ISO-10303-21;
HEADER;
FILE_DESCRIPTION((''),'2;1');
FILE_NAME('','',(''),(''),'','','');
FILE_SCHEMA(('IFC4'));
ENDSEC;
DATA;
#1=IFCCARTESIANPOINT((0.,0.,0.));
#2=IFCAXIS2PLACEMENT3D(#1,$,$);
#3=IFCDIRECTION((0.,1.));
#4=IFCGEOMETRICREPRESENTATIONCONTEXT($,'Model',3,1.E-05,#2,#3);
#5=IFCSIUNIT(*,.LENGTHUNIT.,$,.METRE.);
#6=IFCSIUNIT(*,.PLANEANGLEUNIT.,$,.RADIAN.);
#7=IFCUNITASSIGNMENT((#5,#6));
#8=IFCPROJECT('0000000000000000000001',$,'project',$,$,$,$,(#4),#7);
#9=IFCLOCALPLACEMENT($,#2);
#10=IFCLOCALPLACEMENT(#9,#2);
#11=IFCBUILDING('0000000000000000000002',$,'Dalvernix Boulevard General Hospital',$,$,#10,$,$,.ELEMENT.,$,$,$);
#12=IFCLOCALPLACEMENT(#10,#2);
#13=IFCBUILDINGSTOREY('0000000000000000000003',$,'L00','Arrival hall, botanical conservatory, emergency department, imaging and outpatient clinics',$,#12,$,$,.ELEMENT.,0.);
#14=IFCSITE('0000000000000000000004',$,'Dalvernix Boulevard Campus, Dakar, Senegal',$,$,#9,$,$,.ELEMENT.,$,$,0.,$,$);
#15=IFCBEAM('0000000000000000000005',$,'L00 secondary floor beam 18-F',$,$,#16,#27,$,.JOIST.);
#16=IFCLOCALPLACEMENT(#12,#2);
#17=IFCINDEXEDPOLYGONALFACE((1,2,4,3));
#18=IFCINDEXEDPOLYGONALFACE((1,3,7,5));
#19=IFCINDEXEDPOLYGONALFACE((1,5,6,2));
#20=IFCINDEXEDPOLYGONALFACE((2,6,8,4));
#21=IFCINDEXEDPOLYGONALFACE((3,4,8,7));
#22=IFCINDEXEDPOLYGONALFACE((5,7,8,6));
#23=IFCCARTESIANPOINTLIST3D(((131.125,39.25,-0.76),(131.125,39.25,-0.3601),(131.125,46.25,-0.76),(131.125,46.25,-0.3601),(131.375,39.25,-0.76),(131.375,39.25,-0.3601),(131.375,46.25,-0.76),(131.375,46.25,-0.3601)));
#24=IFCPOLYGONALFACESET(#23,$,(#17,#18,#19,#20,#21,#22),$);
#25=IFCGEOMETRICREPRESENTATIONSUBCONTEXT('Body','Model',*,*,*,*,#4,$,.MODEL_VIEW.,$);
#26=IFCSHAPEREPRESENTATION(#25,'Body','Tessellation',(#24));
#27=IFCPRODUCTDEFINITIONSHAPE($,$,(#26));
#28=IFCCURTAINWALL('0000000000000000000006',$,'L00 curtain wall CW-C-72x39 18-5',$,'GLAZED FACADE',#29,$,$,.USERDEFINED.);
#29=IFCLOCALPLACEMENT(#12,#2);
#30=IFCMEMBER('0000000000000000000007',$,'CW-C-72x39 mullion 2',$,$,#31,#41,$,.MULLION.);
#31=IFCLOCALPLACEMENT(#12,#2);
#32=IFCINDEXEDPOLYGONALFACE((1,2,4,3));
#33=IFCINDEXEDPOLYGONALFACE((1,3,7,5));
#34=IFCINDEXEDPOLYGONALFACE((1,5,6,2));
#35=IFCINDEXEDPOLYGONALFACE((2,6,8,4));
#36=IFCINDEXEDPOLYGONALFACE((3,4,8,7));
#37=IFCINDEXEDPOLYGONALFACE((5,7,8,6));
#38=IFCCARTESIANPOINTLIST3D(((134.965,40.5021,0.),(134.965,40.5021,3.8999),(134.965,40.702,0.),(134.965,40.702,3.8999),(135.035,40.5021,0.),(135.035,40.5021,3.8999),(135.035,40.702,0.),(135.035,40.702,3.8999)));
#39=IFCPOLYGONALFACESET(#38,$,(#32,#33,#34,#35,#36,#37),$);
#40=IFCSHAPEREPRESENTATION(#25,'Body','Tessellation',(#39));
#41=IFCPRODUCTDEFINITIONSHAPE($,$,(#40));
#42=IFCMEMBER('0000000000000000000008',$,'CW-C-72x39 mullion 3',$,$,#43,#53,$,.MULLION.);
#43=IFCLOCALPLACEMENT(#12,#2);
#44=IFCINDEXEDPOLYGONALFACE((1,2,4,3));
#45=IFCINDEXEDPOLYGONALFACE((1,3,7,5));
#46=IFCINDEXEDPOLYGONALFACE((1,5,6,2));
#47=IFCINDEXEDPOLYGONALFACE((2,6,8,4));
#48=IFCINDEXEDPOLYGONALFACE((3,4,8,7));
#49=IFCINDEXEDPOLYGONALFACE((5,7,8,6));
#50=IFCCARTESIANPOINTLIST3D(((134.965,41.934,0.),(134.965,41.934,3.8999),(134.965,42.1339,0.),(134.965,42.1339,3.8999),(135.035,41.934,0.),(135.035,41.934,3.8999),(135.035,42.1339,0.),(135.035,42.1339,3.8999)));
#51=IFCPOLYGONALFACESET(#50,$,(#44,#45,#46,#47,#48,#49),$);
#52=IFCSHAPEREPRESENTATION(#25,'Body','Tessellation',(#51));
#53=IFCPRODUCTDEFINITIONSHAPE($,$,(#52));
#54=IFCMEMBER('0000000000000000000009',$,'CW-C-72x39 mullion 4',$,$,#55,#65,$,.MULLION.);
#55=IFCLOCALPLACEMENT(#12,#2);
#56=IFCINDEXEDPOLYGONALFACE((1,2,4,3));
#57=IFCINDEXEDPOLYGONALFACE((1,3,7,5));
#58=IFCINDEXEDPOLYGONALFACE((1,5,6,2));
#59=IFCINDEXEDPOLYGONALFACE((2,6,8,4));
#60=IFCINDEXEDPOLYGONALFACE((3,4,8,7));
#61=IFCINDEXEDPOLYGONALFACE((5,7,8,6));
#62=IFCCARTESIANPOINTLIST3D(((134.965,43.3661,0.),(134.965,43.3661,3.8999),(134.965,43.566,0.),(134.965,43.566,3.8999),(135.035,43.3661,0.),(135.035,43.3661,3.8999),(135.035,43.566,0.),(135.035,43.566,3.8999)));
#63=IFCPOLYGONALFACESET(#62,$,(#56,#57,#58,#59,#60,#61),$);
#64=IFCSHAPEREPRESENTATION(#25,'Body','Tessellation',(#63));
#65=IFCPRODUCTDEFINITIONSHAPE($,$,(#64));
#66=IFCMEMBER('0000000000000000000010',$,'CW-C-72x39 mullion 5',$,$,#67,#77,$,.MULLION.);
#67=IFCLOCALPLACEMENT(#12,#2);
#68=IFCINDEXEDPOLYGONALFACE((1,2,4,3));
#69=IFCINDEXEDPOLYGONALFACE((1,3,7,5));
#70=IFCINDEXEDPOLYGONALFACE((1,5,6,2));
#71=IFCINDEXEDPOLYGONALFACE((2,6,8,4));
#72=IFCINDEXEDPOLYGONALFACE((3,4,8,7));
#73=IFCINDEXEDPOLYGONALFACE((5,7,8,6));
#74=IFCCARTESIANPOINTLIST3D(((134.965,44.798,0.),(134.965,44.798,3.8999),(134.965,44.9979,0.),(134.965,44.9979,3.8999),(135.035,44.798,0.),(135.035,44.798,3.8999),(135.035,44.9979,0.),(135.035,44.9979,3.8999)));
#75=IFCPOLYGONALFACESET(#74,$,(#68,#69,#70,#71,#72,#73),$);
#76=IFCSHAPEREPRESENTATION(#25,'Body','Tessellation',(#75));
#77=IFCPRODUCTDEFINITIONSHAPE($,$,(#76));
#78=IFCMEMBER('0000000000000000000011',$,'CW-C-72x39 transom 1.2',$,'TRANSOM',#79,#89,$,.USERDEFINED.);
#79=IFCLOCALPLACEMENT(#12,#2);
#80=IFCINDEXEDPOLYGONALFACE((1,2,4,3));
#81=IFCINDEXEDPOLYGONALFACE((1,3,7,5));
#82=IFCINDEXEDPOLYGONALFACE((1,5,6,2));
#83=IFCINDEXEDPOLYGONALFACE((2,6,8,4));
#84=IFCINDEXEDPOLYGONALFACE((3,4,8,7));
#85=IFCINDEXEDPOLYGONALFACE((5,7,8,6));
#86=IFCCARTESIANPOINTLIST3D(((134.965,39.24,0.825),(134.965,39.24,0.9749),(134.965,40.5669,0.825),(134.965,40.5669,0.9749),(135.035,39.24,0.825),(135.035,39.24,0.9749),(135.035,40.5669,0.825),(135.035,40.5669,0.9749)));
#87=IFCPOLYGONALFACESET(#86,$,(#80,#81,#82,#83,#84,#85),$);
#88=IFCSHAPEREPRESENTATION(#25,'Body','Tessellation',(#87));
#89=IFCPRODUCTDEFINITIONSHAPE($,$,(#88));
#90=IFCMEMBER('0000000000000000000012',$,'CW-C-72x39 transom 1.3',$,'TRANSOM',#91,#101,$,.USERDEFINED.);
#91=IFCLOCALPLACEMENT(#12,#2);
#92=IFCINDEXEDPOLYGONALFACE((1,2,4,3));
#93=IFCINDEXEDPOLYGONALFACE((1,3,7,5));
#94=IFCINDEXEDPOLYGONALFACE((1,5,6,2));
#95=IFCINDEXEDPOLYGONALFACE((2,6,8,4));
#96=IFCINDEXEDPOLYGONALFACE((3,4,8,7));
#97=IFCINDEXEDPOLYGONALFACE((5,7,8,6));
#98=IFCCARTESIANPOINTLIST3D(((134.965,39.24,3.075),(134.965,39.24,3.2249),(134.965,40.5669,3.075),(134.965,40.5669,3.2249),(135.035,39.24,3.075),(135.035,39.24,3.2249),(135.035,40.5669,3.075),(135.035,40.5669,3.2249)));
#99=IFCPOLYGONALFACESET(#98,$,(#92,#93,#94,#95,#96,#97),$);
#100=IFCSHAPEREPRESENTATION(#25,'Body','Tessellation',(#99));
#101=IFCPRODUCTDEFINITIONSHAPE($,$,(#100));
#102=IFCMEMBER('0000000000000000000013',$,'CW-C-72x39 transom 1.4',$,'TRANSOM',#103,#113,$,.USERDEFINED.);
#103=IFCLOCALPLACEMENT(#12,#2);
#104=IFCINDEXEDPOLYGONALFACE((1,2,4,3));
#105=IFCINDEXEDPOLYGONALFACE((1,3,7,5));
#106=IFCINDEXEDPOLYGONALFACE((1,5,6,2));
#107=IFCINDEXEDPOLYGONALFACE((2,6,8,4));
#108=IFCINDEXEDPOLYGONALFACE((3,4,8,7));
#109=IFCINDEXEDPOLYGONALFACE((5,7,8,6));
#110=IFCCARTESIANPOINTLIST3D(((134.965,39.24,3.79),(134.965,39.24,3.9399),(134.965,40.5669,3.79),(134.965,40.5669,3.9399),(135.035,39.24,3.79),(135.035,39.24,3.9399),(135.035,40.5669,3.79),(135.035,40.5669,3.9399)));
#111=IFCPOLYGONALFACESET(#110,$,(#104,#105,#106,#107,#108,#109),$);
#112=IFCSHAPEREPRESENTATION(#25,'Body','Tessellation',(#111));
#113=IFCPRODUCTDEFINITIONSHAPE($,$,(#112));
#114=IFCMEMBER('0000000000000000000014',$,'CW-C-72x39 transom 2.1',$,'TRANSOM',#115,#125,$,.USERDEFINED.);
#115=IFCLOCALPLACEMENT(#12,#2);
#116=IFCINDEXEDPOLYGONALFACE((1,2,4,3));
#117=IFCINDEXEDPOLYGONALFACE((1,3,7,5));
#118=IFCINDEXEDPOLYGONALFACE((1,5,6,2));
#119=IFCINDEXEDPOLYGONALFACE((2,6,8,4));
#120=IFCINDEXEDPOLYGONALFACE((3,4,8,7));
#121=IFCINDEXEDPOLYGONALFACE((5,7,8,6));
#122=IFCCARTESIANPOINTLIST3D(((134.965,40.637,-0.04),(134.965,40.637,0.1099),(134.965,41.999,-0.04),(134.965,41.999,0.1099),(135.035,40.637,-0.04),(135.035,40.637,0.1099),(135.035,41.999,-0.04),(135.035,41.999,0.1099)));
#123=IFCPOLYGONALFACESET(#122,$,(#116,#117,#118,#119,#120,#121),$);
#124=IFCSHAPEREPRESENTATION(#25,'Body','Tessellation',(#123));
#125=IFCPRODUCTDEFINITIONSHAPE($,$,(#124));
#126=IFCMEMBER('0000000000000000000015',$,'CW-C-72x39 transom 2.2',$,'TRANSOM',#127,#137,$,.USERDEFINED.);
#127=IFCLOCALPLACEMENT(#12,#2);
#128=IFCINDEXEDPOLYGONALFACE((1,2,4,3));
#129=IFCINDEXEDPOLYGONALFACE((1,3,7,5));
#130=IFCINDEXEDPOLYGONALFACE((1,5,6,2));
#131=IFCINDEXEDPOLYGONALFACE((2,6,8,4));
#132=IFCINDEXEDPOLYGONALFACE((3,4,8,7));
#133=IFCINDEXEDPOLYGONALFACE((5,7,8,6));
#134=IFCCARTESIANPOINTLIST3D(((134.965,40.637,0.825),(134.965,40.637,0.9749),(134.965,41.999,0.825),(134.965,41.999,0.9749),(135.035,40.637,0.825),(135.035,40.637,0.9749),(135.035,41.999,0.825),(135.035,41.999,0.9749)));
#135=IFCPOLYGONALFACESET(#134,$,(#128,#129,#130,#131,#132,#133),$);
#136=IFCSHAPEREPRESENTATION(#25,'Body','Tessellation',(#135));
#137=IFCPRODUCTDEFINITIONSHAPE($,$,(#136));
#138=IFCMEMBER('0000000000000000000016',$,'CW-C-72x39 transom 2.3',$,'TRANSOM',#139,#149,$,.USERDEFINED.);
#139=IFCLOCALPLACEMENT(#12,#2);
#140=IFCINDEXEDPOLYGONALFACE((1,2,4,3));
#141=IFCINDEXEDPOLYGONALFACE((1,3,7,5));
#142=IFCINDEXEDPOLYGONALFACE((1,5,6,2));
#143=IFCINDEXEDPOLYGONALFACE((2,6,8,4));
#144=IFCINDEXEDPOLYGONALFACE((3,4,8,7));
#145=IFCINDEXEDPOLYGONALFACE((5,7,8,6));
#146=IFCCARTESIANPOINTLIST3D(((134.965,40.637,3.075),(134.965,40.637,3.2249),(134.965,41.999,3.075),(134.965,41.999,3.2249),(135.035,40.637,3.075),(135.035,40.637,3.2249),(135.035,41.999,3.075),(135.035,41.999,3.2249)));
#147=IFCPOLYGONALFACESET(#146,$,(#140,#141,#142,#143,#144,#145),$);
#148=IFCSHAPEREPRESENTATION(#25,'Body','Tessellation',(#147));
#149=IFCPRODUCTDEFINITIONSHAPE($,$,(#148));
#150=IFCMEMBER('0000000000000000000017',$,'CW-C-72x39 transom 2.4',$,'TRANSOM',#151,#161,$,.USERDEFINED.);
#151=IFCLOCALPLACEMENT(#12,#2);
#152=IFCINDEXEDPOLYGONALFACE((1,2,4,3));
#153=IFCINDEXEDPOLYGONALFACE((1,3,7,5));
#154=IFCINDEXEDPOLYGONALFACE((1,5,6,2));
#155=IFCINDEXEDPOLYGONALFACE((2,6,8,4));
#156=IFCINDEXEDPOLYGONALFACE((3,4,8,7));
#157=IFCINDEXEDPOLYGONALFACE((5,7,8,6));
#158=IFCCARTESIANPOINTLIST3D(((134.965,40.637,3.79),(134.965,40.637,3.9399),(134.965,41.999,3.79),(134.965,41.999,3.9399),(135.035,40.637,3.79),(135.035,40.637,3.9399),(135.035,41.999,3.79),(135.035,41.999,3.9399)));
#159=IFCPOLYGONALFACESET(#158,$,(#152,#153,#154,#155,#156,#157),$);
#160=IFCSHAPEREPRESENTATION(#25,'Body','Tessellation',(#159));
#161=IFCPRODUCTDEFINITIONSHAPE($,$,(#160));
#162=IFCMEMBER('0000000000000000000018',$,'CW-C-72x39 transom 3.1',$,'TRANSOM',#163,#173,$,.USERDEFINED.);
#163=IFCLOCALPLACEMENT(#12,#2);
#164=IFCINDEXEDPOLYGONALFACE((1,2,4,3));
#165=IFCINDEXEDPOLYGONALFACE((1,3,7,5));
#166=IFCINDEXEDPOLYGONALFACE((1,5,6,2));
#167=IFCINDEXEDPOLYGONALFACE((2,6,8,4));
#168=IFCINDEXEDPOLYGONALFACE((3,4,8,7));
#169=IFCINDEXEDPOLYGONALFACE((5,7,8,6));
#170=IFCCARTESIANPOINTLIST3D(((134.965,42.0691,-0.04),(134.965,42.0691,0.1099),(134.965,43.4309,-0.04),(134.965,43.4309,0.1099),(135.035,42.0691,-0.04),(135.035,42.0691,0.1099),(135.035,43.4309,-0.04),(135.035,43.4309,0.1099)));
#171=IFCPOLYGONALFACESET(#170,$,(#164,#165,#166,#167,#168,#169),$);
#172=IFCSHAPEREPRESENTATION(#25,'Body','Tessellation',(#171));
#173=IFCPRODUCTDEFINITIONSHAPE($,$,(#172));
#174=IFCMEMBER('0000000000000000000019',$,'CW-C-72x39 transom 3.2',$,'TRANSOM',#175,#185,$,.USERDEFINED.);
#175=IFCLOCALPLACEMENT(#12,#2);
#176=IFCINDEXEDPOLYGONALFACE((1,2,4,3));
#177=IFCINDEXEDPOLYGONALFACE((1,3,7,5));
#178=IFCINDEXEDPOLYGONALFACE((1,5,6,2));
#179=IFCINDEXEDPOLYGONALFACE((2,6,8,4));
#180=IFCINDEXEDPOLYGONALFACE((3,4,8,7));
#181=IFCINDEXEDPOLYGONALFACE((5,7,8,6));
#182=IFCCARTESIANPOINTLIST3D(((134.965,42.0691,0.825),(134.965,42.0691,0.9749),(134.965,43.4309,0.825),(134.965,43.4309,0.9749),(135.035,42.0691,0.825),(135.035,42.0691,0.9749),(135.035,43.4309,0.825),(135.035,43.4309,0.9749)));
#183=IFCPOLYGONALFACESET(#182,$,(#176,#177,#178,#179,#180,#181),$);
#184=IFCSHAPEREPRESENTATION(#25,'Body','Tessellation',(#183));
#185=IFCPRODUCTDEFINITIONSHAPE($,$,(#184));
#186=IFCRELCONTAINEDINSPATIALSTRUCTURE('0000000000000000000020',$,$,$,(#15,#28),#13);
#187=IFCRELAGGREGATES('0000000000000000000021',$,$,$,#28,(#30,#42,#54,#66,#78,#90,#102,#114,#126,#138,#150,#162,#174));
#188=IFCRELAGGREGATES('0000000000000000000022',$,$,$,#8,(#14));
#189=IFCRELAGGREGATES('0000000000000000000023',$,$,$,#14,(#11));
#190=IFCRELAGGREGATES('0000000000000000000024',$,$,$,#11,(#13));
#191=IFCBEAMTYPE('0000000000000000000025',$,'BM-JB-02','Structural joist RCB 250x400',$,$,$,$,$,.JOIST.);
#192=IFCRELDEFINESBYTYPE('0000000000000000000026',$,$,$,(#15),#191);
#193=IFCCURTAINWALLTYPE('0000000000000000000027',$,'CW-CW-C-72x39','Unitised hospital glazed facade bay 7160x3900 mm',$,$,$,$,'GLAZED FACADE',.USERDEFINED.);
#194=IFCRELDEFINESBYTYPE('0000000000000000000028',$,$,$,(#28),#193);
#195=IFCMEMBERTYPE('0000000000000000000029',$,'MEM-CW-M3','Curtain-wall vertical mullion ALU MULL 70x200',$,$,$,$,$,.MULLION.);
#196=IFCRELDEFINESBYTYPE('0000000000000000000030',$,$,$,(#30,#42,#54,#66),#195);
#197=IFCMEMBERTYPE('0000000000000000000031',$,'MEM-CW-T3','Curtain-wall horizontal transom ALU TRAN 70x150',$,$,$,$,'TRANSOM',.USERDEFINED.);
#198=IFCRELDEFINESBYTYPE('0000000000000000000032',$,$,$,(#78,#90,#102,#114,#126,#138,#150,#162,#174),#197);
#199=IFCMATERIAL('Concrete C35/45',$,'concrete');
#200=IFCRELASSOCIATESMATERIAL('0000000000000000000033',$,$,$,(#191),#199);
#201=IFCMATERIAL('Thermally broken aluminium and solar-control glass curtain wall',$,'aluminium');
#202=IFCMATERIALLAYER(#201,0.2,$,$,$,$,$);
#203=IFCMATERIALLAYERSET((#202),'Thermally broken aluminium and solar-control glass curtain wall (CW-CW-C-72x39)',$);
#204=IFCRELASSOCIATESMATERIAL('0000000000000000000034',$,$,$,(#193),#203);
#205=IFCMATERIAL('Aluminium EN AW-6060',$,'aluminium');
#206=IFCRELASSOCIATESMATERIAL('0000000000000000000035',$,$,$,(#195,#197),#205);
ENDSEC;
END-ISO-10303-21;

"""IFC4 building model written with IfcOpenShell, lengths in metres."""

from ifc_helpers import new_model, si_unit, direction, frame, origin, origin_2d, place, context, subcontext, project, spatial, rectangle, extrude, material, layer, layer_set, material_profile, profile_set, type_object, element, aggregate, save


model = new_model("IFC4")

# Units and contexts
model_context = context("Model", 3, precision=1e-05, world=origin(), true_north=direction((0.0, 1.0)))
body_context = subcontext(model_context, "Body", "Model", "MODEL_VIEW")
ifc_project = project(units=[si_unit("LENGTHUNIT", "METRE"), si_unit("PLANEANGLEUNIT", "RADIAN")], contexts=[model_context])

# Site, building, storey
site_placement = place(None, origin())
site = spatial("IfcSite", under=ifc_project, at=site_placement, Name="Dalvernix Boulevard Campus, Dakar, Senegal", CompositionType="ELEMENT", RefElevation=0.0)
building_placement = place(site_placement, origin())
building = spatial("IfcBuilding", under=site, at=building_placement, Name="Dalvernix Boulevard General Hospital", CompositionType="ELEMENT")
storey_placement = place(building_placement, origin())
storey = spatial("IfcBuildingStorey", under=building, at=storey_placement, Name="L00", Description="Arrival hall, botanical conservatory, emergency department, imaging and outpatient clinics", CompositionType="ELEMENT", Elevation=0.0)

# Beam
ifc_material_1 = material(Name="Concrete C35/45", Category="concrete")
ifc_material_profile_1 = material_profile(ifc_material_1, rectangle(XDim=0.25, YDim=0.3999, at=origin_2d()), Name="RCB 250x400")
ifc_profile_set_1 = profile_set([ifc_material_profile_1], Name="Concrete C35/45")
beam_type = type_object("IfcBeamType", Name="BM-JB-02", Description="Structural joist RCB 250x400", PredefinedType="JOIST", material=ifc_profile_set_1)
beam_placement = place(storey_placement, frame((131.25, 39.25, -0.5601), z_axis=(0.0, 1.0, 0.0), x_axis=(-1.0, 0.0, 0.0)))
element("IfcBeam", 1, at=beam_placement, inside=storey, type_object=beam_type, Name="L00 secondary floor beam 18-F", PredefinedType="JOIST", context=body_context, shape_type="SweptSolid", body=[
    extrude(rectangle(XDim=0.25, YDim=0.3999, at=origin_2d()), origin(), (0.0, 0.0, 1.0), 7.0),
])

# Curtain wall, members
ifc_material_2 = material(Name="Thermally broken aluminium and solar-control glass curtain wall", Category="aluminium")
ifc_layer_1 = layer(ifc_material_2, 0.2)
ifc_layer_set_1 = layer_set([ifc_layer_1], Name="Thermally broken aluminium and solar-control glass curtain wall (CW-CW-C-72x39)")
curtain_wall_type = type_object("IfcCurtainWallType", Name="CW-CW-C-72x39", Description="Unitised hospital glazed facade bay 7160x3900 mm", ElementType="GLAZED FACADE", PredefinedType="USERDEFINED", material=ifc_layer_set_1)
curtain_wall_placement = place(storey_placement, origin())
curtain_wall = element("IfcCurtainWall", 2, at=curtain_wall_placement, inside=storey, type_object=curtain_wall_type, Name="L00 curtain wall CW-C-72x39 18-5", ObjectType="GLAZED FACADE", PredefinedType="USERDEFINED")
ifc_material_3 = material(Name="Aluminium EN AW-6060", Category="aluminium")
ifc_material_profile_2 = material_profile(ifc_material_3, rectangle(XDim=0.0701, YDim=0.2, at=origin_2d()), Name="ALU MULL 70x200")
ifc_profile_set_2 = profile_set([ifc_material_profile_2], Name="Aluminium EN AW-6060")
member_type_1 = type_object("IfcMemberType", Name="MEM-CW-M3", Description="Curtain-wall vertical mullion ALU MULL 70x200", PredefinedType="MULLION", material=ifc_profile_set_2)
member_1_placement = place(storey_placement, frame((135.0, 40.6021, 0.0), z_axis=(0.0, 0.0, 1.0), x_axis=(-1.0, 0.0, 0.0)))
member_1 = element("IfcMember", 3, at=member_1_placement, type_object=member_type_1, Name="CW-C-72x39 mullion 2", PredefinedType="MULLION", context=body_context, shape_type="SweptSolid", body=[
    extrude(rectangle(XDim=0.0701, YDim=0.2, at=origin_2d()), origin(), (0.0, 0.0, 1.0), 3.8999),
])
member_2_placement = place(storey_placement, frame((135.0, 42.0339, 0.0), z_axis=(0.0, 0.0, 1.0), x_axis=(-1.0, 0.0, 0.0)))
member_2 = element("IfcMember", 4, at=member_2_placement, type_object=member_type_1, Name="CW-C-72x39 mullion 3", PredefinedType="MULLION", context=body_context, shape_type="SweptSolid", body=[
    extrude(rectangle(XDim=0.0701, YDim=0.2, at=origin_2d()), origin(), (0.0, 0.0, 1.0), 3.8999),
])
member_3_placement = place(storey_placement, frame((135.0, 43.4661, 0.0), z_axis=(0.0, 0.0, 1.0), x_axis=(-1.0, 0.0, 0.0)))
member_3 = element("IfcMember", 5, at=member_3_placement, type_object=member_type_1, Name="CW-C-72x39 mullion 4", PredefinedType="MULLION", context=body_context, shape_type="SweptSolid", body=[
    extrude(rectangle(XDim=0.0701, YDim=0.2, at=origin_2d()), origin(), (0.0, 0.0, 1.0), 3.8999),
])
member_4_placement = place(storey_placement, frame((135.0, 44.8979, 0.0), z_axis=(0.0, 0.0, 1.0), x_axis=(-1.0, 0.0, 0.0)))
member_4 = element("IfcMember", 6, at=member_4_placement, type_object=member_type_1, Name="CW-C-72x39 mullion 5", PredefinedType="MULLION", context=body_context, shape_type="SweptSolid", body=[
    extrude(rectangle(XDim=0.0701, YDim=0.2, at=origin_2d()), origin(), (0.0, 0.0, 1.0), 3.8999),
])
ifc_material_profile_3 = material_profile(ifc_material_3, rectangle(XDim=0.0701, YDim=0.1499, at=origin_2d()), Name="ALU TRAN 70x150")
ifc_profile_set_3 = profile_set([ifc_material_profile_3], Name="Aluminium EN AW-6060")
member_type_2 = type_object("IfcMemberType", Name="MEM-CW-T3", Description="Curtain-wall horizontal transom ALU TRAN 70x150", ElementType="TRANSOM", PredefinedType="USERDEFINED", material=ifc_profile_set_3)
member_5_placement = place(storey_placement, frame((135.0, 39.24, 0.8999), z_axis=(0.0, 1.0, 0.0), x_axis=(-1.0, 0.0, 0.0)))
member_5 = element("IfcMember", 7, at=member_5_placement, type_object=member_type_2, Name="CW-C-72x39 transom 1.2", ObjectType="TRANSOM", PredefinedType="USERDEFINED", context=body_context, shape_type="SweptSolid", body=[
    extrude(rectangle(XDim=0.0701, YDim=0.1499, at=origin_2d()), origin(), (0.0, 0.0, 1.0), 1.3269),
])
member_6_placement = place(storey_placement, frame((135.0, 39.24, 3.1499), z_axis=(0.0, 1.0, 0.0), x_axis=(-1.0, 0.0, 0.0)))
member_6 = element("IfcMember", 8, at=member_6_placement, type_object=member_type_2, Name="CW-C-72x39 transom 1.3", ObjectType="TRANSOM", PredefinedType="USERDEFINED", context=body_context, shape_type="SweptSolid", body=[
    extrude(rectangle(XDim=0.0701, YDim=0.1499, at=origin_2d()), origin(), (0.0, 0.0, 1.0), 1.3269),
])
member_7_placement = place(storey_placement, frame((135.0, 39.24, 3.865), z_axis=(0.0, 1.0, 0.0), x_axis=(-1.0, 0.0, 0.0)))
member_7 = element("IfcMember", 9, at=member_7_placement, type_object=member_type_2, Name="CW-C-72x39 transom 1.4", ObjectType="TRANSOM", PredefinedType="USERDEFINED", context=body_context, shape_type="SweptSolid", body=[
    extrude(rectangle(XDim=0.0701, YDim=0.1499, at=origin_2d()), origin(), (0.0, 0.0, 1.0), 1.3269),
])
member_8_placement = place(storey_placement, frame((135.0, 40.637, 0.0349), z_axis=(0.0, 1.0, 0.0), x_axis=(-1.0, 0.0, 0.0)))
member_8 = element("IfcMember", 10, at=member_8_placement, type_object=member_type_2, Name="CW-C-72x39 transom 2.1", ObjectType="TRANSOM", PredefinedType="USERDEFINED", context=body_context, shape_type="SweptSolid", body=[
    extrude(rectangle(XDim=0.0701, YDim=0.1499, at=origin_2d()), origin(), (0.0, 0.0, 1.0), 1.3621),
])
member_9_placement = place(storey_placement, frame((135.0, 40.637, 0.8999), z_axis=(0.0, 1.0, 0.0), x_axis=(-1.0, 0.0, 0.0)))
member_9 = element("IfcMember", 11, at=member_9_placement, type_object=member_type_2, Name="CW-C-72x39 transom 2.2", ObjectType="TRANSOM", PredefinedType="USERDEFINED", context=body_context, shape_type="SweptSolid", body=[
    extrude(rectangle(XDim=0.0701, YDim=0.1499, at=origin_2d()), origin(), (0.0, 0.0, 1.0), 1.3621),
])
member_10_placement = place(storey_placement, frame((135.0, 40.637, 3.1499), z_axis=(0.0, 1.0, 0.0), x_axis=(-1.0, 0.0, 0.0)))
member_10 = element("IfcMember", 12, at=member_10_placement, type_object=member_type_2, Name="CW-C-72x39 transom 2.3", ObjectType="TRANSOM", PredefinedType="USERDEFINED", context=body_context, shape_type="SweptSolid", body=[
    extrude(rectangle(XDim=0.0701, YDim=0.1499, at=origin_2d()), origin(), (0.0, 0.0, 1.0), 1.3621),
])
member_11_placement = place(storey_placement, frame((135.0, 40.637, 3.865), z_axis=(0.0, 1.0, 0.0), x_axis=(-1.0, 0.0, 0.0)))
member_11 = element("IfcMember", 13, at=member_11_placement, type_object=member_type_2, Name="CW-C-72x39 transom 2.4", ObjectType="TRANSOM", PredefinedType="USERDEFINED", context=body_context, shape_type="SweptSolid", body=[
    extrude(rectangle(XDim=0.0701, YDim=0.1499, at=origin_2d()), origin(), (0.0, 0.0, 1.0), 1.3621),
])
member_12_placement = place(storey_placement, frame((135.0, 42.0691, 0.0349), z_axis=(0.0, 1.0, 0.0), x_axis=(-1.0, 0.0, 0.0)))
member_12 = element("IfcMember", 14, at=member_12_placement, type_object=member_type_2, Name="CW-C-72x39 transom 3.1", ObjectType="TRANSOM", PredefinedType="USERDEFINED", context=body_context, shape_type="SweptSolid", body=[
    extrude(rectangle(XDim=0.0701, YDim=0.1499, at=origin_2d()), origin(), (0.0, 0.0, 1.0), 1.3618),
])
member_13_placement = place(storey_placement, frame((135.0, 42.0691, 0.8999), z_axis=(0.0, 1.0, 0.0), x_axis=(-1.0, 0.0, 0.0)))
member_13 = element("IfcMember", 15, at=member_13_placement, type_object=member_type_2, Name="CW-C-72x39 transom 3.2", ObjectType="TRANSOM", PredefinedType="USERDEFINED", context=body_context, shape_type="SweptSolid", body=[
    extrude(rectangle(XDim=0.0701, YDim=0.1499, at=origin_2d()), origin(), (0.0, 0.0, 1.0), 1.3618),
])
aggregate(curtain_wall, [member_1, member_2, member_3, member_4, member_5, member_6, member_7, member_8, member_9, member_10, member_11, member_12, member_13])

save(model, "model.ifc")
